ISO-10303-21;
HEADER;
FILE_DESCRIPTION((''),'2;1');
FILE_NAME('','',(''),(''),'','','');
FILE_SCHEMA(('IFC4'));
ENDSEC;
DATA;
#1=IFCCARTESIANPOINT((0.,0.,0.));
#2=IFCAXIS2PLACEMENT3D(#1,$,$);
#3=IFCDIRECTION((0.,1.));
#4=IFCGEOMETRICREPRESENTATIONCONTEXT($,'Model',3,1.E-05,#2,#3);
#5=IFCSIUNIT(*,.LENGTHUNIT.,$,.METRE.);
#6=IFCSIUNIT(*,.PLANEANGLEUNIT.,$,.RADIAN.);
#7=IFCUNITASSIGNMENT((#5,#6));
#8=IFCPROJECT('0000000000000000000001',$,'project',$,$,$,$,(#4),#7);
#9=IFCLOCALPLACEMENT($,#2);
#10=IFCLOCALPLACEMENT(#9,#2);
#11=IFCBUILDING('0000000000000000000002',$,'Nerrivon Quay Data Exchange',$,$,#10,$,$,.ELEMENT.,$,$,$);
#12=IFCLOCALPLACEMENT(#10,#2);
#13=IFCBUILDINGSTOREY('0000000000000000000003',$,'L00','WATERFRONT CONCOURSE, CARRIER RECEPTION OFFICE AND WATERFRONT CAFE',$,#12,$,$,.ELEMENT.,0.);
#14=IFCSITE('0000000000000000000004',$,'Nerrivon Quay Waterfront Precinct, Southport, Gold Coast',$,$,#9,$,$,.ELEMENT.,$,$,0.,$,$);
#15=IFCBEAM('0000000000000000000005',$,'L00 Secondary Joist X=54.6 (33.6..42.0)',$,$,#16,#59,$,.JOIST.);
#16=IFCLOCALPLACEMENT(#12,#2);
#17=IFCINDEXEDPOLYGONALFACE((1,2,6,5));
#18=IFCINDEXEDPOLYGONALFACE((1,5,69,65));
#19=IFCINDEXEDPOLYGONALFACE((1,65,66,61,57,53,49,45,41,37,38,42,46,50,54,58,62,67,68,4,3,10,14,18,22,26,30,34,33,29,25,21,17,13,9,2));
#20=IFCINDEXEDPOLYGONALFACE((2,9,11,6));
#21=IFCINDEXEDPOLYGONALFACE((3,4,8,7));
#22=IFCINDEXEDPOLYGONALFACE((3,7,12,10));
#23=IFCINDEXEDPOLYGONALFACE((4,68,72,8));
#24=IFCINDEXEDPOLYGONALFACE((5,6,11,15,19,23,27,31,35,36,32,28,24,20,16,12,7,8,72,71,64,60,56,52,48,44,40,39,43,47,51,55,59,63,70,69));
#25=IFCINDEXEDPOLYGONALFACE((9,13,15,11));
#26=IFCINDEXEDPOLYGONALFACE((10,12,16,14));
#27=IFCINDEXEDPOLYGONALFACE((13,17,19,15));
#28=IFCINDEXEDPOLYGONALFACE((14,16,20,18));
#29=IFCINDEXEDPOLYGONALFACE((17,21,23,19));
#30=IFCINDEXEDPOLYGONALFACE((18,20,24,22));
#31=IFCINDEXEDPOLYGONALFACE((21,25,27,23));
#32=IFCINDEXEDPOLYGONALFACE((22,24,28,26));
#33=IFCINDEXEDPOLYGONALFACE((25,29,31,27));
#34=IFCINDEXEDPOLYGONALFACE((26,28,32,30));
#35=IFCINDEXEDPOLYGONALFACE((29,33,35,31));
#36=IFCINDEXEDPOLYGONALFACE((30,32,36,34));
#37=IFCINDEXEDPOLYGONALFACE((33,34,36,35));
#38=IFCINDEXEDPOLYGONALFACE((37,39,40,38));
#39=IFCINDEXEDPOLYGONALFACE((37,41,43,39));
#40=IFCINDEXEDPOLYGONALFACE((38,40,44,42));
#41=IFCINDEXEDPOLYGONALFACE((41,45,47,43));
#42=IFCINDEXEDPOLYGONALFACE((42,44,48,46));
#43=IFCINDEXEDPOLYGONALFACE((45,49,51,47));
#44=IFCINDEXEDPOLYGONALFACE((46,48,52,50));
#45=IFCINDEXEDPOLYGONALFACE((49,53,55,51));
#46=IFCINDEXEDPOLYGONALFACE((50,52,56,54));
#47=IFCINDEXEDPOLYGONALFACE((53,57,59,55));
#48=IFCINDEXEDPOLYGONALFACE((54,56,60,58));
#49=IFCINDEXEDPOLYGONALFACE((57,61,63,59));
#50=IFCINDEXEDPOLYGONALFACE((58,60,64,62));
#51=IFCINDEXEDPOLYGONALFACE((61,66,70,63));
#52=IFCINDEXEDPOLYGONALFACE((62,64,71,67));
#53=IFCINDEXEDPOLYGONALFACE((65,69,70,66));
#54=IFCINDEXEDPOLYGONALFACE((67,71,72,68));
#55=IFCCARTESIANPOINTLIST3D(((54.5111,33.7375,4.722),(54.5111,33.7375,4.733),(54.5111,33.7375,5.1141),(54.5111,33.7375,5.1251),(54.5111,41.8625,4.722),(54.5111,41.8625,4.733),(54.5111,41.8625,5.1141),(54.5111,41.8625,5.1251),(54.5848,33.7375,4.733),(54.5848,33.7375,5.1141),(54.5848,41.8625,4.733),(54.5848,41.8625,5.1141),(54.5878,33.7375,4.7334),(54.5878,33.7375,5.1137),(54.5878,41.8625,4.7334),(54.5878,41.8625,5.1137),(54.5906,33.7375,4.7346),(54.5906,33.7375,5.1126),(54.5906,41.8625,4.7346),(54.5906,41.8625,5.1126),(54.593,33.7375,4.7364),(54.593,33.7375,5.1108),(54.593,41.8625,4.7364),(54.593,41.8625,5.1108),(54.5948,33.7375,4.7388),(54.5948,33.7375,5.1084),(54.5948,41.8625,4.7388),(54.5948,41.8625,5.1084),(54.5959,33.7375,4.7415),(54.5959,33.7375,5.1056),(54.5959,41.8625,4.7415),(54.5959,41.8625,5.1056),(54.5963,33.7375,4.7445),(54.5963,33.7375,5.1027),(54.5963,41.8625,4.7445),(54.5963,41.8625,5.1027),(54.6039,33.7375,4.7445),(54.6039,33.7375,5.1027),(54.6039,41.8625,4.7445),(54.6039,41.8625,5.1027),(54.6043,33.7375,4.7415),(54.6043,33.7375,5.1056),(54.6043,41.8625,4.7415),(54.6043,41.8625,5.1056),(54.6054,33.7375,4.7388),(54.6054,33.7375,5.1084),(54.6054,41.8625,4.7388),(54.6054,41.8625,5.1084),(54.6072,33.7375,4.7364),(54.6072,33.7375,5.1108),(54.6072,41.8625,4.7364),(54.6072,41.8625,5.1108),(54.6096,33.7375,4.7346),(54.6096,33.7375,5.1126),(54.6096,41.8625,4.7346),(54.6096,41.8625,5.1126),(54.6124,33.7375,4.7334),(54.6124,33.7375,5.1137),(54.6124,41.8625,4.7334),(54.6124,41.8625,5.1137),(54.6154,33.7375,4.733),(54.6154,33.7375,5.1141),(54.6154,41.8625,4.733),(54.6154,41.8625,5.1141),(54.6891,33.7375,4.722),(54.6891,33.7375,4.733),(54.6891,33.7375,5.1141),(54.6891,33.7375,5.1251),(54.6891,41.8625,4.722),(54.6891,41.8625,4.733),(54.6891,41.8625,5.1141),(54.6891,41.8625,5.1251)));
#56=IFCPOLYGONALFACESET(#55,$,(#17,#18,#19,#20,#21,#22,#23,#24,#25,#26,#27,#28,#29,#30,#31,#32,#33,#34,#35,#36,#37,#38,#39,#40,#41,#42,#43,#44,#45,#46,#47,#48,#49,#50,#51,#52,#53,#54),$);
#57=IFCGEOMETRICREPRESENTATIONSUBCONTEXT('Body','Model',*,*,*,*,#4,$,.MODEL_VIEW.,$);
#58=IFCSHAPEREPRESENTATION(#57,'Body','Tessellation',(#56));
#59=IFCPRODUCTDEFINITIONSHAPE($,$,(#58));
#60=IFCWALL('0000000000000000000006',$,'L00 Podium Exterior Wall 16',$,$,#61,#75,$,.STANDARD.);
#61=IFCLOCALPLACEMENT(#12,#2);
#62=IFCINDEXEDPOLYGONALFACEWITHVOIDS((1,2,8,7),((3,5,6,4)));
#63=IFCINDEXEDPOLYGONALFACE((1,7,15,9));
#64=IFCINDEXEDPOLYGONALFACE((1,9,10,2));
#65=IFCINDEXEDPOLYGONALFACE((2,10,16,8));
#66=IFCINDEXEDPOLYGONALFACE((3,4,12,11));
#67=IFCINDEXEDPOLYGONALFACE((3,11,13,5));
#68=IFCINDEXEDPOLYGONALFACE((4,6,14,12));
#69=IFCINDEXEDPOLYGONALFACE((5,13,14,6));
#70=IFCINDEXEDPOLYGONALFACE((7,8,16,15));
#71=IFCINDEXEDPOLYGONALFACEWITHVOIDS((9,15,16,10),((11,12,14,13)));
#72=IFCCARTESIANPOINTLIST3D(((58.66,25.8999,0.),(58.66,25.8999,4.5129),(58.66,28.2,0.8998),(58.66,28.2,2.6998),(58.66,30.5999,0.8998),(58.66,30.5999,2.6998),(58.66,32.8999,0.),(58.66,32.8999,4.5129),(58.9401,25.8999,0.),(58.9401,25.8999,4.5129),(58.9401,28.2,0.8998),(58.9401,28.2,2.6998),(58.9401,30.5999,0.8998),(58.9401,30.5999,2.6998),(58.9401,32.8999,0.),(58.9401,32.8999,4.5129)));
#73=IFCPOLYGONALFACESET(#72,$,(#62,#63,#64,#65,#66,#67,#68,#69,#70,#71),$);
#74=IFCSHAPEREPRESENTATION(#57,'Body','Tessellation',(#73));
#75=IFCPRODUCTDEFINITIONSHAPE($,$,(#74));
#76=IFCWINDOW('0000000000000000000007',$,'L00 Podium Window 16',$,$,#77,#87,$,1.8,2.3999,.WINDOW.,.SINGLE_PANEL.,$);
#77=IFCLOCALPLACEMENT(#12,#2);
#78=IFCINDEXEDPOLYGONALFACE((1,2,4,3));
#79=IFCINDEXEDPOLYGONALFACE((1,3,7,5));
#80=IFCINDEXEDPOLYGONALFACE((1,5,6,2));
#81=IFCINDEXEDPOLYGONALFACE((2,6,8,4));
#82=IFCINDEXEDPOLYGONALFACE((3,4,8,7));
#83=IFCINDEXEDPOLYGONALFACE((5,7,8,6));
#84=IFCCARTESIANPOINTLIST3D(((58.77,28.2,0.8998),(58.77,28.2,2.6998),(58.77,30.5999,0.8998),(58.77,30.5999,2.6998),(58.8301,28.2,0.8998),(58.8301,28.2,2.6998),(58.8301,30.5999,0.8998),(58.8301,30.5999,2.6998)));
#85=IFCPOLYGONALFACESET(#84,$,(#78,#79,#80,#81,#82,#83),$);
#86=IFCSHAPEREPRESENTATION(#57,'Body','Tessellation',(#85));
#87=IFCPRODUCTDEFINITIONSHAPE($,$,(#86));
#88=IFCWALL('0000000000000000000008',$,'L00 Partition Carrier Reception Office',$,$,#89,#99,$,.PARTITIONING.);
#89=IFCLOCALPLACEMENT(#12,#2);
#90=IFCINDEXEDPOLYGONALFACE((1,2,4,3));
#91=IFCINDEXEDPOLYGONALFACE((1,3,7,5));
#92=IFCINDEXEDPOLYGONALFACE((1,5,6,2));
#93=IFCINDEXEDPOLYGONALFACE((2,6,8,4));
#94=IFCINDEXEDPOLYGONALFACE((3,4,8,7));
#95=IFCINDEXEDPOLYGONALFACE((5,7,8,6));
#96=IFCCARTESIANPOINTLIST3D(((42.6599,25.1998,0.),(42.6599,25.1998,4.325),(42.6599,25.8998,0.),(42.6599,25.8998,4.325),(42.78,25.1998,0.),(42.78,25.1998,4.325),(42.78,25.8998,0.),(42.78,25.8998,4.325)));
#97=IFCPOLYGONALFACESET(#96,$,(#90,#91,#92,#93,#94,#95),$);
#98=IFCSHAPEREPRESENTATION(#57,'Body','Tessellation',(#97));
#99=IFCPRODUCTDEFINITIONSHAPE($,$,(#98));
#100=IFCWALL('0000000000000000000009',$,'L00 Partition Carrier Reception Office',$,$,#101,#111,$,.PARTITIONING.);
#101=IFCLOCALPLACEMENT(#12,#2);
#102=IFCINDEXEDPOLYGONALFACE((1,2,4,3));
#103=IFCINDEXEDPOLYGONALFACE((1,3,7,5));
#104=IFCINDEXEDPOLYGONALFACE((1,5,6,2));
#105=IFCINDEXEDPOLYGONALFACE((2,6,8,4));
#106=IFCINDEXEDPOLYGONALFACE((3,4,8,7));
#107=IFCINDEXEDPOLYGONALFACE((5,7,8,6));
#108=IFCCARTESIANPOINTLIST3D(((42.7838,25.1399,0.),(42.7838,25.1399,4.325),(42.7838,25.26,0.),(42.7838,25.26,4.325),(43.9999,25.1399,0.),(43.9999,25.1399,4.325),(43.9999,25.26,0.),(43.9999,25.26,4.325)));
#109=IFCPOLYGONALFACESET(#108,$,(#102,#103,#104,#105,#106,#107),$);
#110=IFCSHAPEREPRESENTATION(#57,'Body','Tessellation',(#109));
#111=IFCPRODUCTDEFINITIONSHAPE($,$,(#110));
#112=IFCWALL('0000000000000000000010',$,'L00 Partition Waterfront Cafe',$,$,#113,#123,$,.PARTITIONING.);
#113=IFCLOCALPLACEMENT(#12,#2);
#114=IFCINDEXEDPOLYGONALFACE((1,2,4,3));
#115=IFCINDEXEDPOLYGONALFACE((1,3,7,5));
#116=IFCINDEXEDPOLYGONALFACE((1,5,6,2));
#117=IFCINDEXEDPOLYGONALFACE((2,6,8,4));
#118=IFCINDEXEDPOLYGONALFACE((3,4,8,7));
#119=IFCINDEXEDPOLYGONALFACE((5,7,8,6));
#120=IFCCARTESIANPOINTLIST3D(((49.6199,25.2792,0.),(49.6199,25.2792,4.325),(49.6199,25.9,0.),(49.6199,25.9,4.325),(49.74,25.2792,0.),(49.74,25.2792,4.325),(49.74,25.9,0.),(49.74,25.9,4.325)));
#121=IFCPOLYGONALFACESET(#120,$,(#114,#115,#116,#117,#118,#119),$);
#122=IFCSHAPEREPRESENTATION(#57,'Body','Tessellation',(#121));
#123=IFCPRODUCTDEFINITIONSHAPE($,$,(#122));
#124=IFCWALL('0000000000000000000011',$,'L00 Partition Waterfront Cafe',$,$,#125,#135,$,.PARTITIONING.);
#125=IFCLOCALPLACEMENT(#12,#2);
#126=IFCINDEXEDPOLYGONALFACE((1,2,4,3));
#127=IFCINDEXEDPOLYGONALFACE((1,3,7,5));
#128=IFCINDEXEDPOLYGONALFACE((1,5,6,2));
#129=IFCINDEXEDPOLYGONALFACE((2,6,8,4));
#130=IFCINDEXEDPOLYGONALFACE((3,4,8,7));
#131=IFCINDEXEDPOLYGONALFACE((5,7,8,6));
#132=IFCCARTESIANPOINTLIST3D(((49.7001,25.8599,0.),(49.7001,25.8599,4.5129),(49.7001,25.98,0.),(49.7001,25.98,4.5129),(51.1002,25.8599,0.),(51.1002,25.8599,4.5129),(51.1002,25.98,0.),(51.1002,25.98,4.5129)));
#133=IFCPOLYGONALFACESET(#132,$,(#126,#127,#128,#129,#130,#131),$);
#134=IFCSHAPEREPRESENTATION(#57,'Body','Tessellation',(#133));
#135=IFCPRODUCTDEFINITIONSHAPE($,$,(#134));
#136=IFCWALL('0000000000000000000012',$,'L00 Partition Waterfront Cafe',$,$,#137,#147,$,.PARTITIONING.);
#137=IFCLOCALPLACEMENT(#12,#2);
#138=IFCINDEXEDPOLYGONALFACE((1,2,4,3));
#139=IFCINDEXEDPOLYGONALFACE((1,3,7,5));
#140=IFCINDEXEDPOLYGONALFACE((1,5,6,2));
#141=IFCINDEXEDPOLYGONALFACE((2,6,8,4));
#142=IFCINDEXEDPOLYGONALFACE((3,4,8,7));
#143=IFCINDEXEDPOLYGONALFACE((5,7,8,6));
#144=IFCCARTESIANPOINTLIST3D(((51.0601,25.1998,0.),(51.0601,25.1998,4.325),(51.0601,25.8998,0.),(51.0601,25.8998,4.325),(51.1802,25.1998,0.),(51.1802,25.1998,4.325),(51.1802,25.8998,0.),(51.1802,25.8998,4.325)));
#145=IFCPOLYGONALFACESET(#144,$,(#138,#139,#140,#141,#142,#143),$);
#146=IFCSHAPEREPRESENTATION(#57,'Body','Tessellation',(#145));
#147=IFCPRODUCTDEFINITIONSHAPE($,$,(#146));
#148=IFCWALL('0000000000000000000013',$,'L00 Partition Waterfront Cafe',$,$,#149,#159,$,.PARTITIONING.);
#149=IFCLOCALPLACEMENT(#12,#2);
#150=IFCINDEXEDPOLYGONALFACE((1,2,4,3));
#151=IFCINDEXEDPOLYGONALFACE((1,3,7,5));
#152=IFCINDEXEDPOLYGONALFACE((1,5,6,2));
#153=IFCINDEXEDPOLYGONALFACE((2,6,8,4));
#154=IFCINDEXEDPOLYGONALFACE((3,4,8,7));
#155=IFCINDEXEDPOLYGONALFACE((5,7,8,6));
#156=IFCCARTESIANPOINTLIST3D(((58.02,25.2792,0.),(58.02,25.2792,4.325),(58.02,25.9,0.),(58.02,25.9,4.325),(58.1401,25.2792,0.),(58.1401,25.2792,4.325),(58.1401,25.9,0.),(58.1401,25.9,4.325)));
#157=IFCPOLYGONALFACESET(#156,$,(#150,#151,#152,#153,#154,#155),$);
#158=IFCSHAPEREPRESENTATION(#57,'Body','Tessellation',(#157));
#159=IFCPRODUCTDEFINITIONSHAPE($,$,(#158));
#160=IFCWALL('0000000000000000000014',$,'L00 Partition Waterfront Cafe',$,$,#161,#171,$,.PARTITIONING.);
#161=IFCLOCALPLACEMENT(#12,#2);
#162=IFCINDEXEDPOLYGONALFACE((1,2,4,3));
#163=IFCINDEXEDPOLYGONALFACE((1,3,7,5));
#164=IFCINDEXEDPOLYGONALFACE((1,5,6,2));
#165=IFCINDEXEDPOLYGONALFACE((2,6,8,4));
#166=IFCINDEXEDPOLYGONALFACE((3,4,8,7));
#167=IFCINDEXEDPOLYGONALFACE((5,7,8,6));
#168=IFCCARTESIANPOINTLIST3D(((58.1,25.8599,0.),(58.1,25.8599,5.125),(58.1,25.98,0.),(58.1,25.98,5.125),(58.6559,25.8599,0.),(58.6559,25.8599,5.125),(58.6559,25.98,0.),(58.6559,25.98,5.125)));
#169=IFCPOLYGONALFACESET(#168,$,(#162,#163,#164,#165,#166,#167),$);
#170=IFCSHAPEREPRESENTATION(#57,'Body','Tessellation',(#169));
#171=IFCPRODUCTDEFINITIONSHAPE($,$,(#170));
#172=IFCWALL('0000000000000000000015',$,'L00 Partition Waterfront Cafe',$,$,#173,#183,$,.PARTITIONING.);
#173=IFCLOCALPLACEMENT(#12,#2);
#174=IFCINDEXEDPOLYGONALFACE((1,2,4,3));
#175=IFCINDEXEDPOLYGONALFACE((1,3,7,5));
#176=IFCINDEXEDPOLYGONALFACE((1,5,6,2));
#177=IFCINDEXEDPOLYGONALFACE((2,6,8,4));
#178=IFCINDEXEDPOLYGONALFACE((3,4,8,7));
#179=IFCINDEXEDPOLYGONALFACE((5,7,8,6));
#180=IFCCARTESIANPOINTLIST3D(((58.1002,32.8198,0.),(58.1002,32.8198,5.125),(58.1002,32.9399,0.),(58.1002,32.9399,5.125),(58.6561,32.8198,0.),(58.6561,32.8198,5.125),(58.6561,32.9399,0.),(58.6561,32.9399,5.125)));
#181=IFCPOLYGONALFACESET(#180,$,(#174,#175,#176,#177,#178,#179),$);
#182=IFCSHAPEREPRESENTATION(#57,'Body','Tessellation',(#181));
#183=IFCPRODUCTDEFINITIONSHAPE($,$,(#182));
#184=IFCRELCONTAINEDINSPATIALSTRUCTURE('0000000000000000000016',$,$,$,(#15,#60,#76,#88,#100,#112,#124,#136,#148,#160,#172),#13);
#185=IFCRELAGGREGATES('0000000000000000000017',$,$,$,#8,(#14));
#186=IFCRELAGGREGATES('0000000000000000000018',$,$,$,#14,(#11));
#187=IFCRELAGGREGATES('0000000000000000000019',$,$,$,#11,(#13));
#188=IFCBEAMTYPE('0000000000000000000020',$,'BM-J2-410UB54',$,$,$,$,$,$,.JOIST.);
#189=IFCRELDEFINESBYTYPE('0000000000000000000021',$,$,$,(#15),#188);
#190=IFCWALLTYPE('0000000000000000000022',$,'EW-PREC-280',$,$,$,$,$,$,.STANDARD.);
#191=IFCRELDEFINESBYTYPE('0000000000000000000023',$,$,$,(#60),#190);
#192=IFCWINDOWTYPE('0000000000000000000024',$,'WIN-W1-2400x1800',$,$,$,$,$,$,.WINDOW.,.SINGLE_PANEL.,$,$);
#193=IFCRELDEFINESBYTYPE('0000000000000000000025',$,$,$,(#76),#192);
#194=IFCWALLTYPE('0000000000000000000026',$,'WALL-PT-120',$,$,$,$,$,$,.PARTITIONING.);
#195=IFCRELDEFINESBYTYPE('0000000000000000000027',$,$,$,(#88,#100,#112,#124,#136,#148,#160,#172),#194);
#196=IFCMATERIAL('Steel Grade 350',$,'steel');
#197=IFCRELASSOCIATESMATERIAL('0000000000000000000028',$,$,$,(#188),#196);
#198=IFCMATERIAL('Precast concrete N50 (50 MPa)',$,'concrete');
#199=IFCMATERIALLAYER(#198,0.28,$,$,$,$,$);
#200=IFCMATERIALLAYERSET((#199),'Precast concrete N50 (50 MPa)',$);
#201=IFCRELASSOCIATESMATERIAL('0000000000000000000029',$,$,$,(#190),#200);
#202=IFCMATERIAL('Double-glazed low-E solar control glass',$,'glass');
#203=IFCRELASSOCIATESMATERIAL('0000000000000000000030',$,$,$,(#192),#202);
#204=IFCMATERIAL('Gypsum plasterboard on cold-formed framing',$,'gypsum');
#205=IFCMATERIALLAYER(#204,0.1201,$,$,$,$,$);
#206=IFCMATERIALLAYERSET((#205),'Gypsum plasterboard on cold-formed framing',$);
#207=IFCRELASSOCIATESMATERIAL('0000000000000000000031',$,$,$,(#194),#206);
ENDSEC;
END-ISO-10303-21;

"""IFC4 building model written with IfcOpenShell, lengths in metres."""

from ifc_helpers import new_model, si_unit, direction, frame, frame_2d, origin, origin_2d, place, context, subcontext, project, spatial, rectangle, i_section, extrude, material, layer, layer_set, material_profile, profile_set, type_object, element, fill, save


model = new_model("IFC4")

# Units and contexts
model_context = context("Model", 3, precision=1e-05, world=origin(), true_north=direction((0.0, 1.0)))
body_context = subcontext(model_context, "Body", "Model", "MODEL_VIEW")
ifc_project = project(units=[si_unit("LENGTHUNIT", "METRE"), si_unit("PLANEANGLEUNIT", "RADIAN")], contexts=[model_context])

# Site, building, storey
site_placement = place(None, origin())
site = spatial("IfcSite", under=ifc_project, at=site_placement, Name="Nerrivon Quay Waterfront Precinct, Southport, Gold Coast", CompositionType="ELEMENT", RefElevation=0.0)
building_placement = place(site_placement, origin())
building = spatial("IfcBuilding", under=site, at=building_placement, Name="Nerrivon Quay Data Exchange", CompositionType="ELEMENT")
storey_placement = place(building_placement, origin())
storey = spatial("IfcBuildingStorey", under=building, at=storey_placement, Name="L00", Description="WATERFRONT CONCOURSE, CARRIER RECEPTION OFFICE AND WATERFRONT CAFE", CompositionType="ELEMENT", Elevation=0.0)

# Beam
ifc_material_1 = material(Name="Steel Grade 350", Category="steel")
ifc_material_profile_1 = material_profile(ifc_material_1, i_section(OverallWidth=0.178, OverallDepth=0.4031, WebThickness=0.0076, FlangeThickness=0.011, FilletRadius=0.0115, at=origin_2d()), Name="410UB53.7")
ifc_profile_set_1 = profile_set([ifc_material_profile_1], Name="Steel Grade 350")
beam_type_1 = type_object("IfcBeamType", Name="BM-J2-410UB54", PredefinedType="JOIST", material=ifc_profile_set_1)
for number, where, z_axis, x_axis, name in (
    (1, (54.6001, 33.7375, 4.9236), (0.0, 1.0, 0.0), (-1.0, 0.0, 0.0), "L00 Secondary Joist X=54.6 (33.6..42.0)"),
):
    element("IfcBeam", number, at=place(storey_placement, frame(where, z_axis=z_axis, x_axis=x_axis)), inside=storey, type_object=beam_type_1, Name=name, PredefinedType="JOIST", context=body_context, shape_type="SweptSolid", body=[
        extrude(i_section(OverallWidth=0.178, OverallDepth=0.4031, WebThickness=0.0076, FlangeThickness=0.011, FilletRadius=0.0115, at=origin_2d()), origin(), (0.0, 0.0, 1.0), 8.125),
    ])

# Wall, opening, window
ifc_material_2 = material(Name="Precast concrete N50 (50 MPa)", Category="concrete")
ifc_layer_1 = layer(ifc_material_2, 0.28)
ifc_layer_set_1 = layer_set([ifc_layer_1], Name="Precast concrete N50 (50 MPa)")
wall_type_1 = type_object("IfcWallType", Name="EW-PREC-280", PredefinedType="STANDARD", material=ifc_layer_set_1)
wall_1_placement = place(storey_placement, frame((58.8, 32.8999, 0.0), z_axis=(0.0, 0.0, 1.0), x_axis=(0.0, -1.0, 0.0)))
wall_1 = element("IfcWall", 2, at=wall_1_placement, inside=storey, type_object=wall_type_1, Name="L00 Podium Exterior Wall 16", PredefinedType="STANDARD", context=body_context, shape_type="SweptSolid", body=[
    extrude(rectangle(XDim=7.0, YDim=0.28, at=frame_2d((3.5, 0.0))), origin(), (0.0, 0.0, 1.0), 4.5129),
])
opening_1_placement = place(wall_1_placement, frame((2.3, 0.0, 0.8999)))
opening_1 = element("IfcOpeningElement", 3, at=opening_1_placement, cuts=wall_1, PredefinedType="OPENING", context=body_context, shape_type="SweptSolid", body=[
    extrude(rectangle(XDim=2.3999, YDim=1.8, at=frame_2d((1.2, 0.8999))), frame((0.0, 0.1499, 0.0), z_axis=(0.0, -1.0, 0.0), x_axis=(1.0, 0.0, 0.0)), (0.0, 0.0, 1.0), 0.3),
])
ifc_material_3 = material(Name="Double-glazed low-E solar control glass", Category="glass")
window_type = type_object("IfcWindowType", Name="WIN-W1-2400x1800", PartitioningType="SINGLE_PANEL", PredefinedType="WINDOW", material=ifc_material_3)
window_placement = place(opening_1_placement, origin())
window = element("IfcWindow", 4, at=window_placement, inside=storey, type_object=window_type, Name="L00 Podium Window 16", OverallHeight=1.8, OverallWidth=2.3999, PartitioningType="SINGLE_PANEL", PredefinedType="WINDOW", context=body_context, shape_type="SweptSolid", body=[
    extrude(rectangle(XDim=2.3999, YDim=1.8, at=frame_2d((1.2, 0.8999))), frame((0.0, 0.03, 0.0), z_axis=(0.0, -1.0, 0.0), x_axis=(1.0, 0.0, 0.0)), (0.0, 0.0, 1.0), 0.0601),
])
fill(opening_1, window)

# Walls
ifc_material_4 = material(Name="Gypsum plasterboard on cold-formed framing", Category="gypsum")
ifc_layer_2 = layer(ifc_material_4, 0.1201)
ifc_layer_set_2 = layer_set([ifc_layer_2], Name="Gypsum plasterboard on cold-formed framing")
wall_type_2 = type_object("IfcWallType", Name="WALL-PT-120", PredefinedType="PARTITIONING", material=ifc_layer_set_2)
wall_2_placement = place(storey_placement, frame((42.72, 25.8999, 0.0), z_axis=(0.0, 0.0, 1.0), x_axis=(0.0, -1.0, 0.0)))
element("IfcWall", 5, at=wall_2_placement, inside=storey, type_object=wall_type_2, Name="L00 Partition Carrier Reception Office", PredefinedType="PARTITIONING", context=body_context, shape_type="SweptSolid", body=[
    extrude(rectangle(XDim=0.7, YDim=0.1201, at=frame_2d((0.3501, 0.0))), origin(), (0.0, 0.0, 1.0), 4.325),
])
wall_3_placement = place(storey_placement, frame((42.7839, 25.2, 0.0), z_axis=(0.0, 0.0, 1.0), x_axis=(1.0, 0.0, 0.0)))
element("IfcWall", 6, at=wall_3_placement, inside=storey, type_object=wall_type_2, Name="L00 Partition Carrier Reception Office", PredefinedType="PARTITIONING", context=body_context, shape_type="SweptSolid", body=[
    extrude(rectangle(XDim=1.2161, YDim=0.1201, at=frame_2d((0.6079, 0.0))), origin(), (0.0, 0.0, 1.0), 4.325),
])
wall_4_placement = place(storey_placement, frame((49.6799, 25.2791, 0.0), z_axis=(0.0, 0.0, 1.0), x_axis=(0.0, 1.0, 0.0)))
element("IfcWall", 7, at=wall_4_placement, inside=storey, type_object=wall_type_2, Name="L00 Partition Waterfront Cafe", PredefinedType="PARTITIONING", context=body_context, shape_type="SweptSolid", body=[
    extrude(rectangle(XDim=0.6208, YDim=0.1201, at=frame_2d((0.3105, 0.0))), origin(), (0.0, 0.0, 1.0), 4.325),
])
wall_5_placement = place(storey_placement, frame((49.7, 25.9199, 0.0), z_axis=(0.0, 0.0, 1.0), x_axis=(1.0, 0.0, 0.0)))
element("IfcWall", 8, at=wall_5_placement, inside=storey, type_object=wall_type_2, Name="L00 Partition Waterfront Cafe", PredefinedType="PARTITIONING", context=body_context, shape_type="SweptSolid", body=[
    extrude(rectangle(XDim=1.4001, YDim=0.1201, at=frame_2d((0.7002, 0.0))), origin(), (0.0, 0.0, 1.0), 4.5129),
])
wall_6_placement = place(storey_placement, frame((51.1201, 25.8999, 0.0), z_axis=(0.0, 0.0, 1.0), x_axis=(0.0, -1.0, 0.0)))
element("IfcWall", 9, at=wall_6_placement, inside=storey, type_object=wall_type_2, Name="L00 Partition Waterfront Cafe", PredefinedType="PARTITIONING", context=body_context, shape_type="SweptSolid", body=[
    extrude(rectangle(XDim=0.7, YDim=0.1201, at=frame_2d((0.3501, 0.0))), origin(), (0.0, 0.0, 1.0), 4.325),
])
wall_7_placement = place(storey_placement, frame((58.0801, 25.2791, 0.0), z_axis=(0.0, 0.0, 1.0), x_axis=(0.0, 1.0, 0.0)))
element("IfcWall", 10, at=wall_7_placement, inside=storey, type_object=wall_type_2, Name="L00 Partition Waterfront Cafe", PredefinedType="PARTITIONING", context=body_context, shape_type="SweptSolid", body=[
    extrude(rectangle(XDim=0.6208, YDim=0.1201, at=frame_2d((0.3105, 0.0))), origin(), (0.0, 0.0, 1.0), 4.325),
])
for number, where, z_axis, x_axis, name in (
    (11, (58.1001, 25.9199, 0.0), (0.0, 0.0, 1.0), (1.0, 0.0, 0.0), "L00 Partition Waterfront Cafe"),
    (12, (58.656, 32.8799, 0.0), (0.0, 0.0, 1.0), (-1.0, 0.0, 0.0), "L00 Partition Waterfront Cafe"),
):
    element("IfcWall", number, at=place(storey_placement, frame(where, z_axis=z_axis, x_axis=x_axis)), inside=storey, type_object=wall_type_2, Name=name, PredefinedType="PARTITIONING", context=body_context, shape_type="SweptSolid", body=[
        extrude(rectangle(XDim=0.5559, YDim=0.1201, at=frame_2d((0.2778, 0.0))), origin(), (0.0, 0.0, 1.0), 5.125),
    ])

save(model, "model.ifc")
